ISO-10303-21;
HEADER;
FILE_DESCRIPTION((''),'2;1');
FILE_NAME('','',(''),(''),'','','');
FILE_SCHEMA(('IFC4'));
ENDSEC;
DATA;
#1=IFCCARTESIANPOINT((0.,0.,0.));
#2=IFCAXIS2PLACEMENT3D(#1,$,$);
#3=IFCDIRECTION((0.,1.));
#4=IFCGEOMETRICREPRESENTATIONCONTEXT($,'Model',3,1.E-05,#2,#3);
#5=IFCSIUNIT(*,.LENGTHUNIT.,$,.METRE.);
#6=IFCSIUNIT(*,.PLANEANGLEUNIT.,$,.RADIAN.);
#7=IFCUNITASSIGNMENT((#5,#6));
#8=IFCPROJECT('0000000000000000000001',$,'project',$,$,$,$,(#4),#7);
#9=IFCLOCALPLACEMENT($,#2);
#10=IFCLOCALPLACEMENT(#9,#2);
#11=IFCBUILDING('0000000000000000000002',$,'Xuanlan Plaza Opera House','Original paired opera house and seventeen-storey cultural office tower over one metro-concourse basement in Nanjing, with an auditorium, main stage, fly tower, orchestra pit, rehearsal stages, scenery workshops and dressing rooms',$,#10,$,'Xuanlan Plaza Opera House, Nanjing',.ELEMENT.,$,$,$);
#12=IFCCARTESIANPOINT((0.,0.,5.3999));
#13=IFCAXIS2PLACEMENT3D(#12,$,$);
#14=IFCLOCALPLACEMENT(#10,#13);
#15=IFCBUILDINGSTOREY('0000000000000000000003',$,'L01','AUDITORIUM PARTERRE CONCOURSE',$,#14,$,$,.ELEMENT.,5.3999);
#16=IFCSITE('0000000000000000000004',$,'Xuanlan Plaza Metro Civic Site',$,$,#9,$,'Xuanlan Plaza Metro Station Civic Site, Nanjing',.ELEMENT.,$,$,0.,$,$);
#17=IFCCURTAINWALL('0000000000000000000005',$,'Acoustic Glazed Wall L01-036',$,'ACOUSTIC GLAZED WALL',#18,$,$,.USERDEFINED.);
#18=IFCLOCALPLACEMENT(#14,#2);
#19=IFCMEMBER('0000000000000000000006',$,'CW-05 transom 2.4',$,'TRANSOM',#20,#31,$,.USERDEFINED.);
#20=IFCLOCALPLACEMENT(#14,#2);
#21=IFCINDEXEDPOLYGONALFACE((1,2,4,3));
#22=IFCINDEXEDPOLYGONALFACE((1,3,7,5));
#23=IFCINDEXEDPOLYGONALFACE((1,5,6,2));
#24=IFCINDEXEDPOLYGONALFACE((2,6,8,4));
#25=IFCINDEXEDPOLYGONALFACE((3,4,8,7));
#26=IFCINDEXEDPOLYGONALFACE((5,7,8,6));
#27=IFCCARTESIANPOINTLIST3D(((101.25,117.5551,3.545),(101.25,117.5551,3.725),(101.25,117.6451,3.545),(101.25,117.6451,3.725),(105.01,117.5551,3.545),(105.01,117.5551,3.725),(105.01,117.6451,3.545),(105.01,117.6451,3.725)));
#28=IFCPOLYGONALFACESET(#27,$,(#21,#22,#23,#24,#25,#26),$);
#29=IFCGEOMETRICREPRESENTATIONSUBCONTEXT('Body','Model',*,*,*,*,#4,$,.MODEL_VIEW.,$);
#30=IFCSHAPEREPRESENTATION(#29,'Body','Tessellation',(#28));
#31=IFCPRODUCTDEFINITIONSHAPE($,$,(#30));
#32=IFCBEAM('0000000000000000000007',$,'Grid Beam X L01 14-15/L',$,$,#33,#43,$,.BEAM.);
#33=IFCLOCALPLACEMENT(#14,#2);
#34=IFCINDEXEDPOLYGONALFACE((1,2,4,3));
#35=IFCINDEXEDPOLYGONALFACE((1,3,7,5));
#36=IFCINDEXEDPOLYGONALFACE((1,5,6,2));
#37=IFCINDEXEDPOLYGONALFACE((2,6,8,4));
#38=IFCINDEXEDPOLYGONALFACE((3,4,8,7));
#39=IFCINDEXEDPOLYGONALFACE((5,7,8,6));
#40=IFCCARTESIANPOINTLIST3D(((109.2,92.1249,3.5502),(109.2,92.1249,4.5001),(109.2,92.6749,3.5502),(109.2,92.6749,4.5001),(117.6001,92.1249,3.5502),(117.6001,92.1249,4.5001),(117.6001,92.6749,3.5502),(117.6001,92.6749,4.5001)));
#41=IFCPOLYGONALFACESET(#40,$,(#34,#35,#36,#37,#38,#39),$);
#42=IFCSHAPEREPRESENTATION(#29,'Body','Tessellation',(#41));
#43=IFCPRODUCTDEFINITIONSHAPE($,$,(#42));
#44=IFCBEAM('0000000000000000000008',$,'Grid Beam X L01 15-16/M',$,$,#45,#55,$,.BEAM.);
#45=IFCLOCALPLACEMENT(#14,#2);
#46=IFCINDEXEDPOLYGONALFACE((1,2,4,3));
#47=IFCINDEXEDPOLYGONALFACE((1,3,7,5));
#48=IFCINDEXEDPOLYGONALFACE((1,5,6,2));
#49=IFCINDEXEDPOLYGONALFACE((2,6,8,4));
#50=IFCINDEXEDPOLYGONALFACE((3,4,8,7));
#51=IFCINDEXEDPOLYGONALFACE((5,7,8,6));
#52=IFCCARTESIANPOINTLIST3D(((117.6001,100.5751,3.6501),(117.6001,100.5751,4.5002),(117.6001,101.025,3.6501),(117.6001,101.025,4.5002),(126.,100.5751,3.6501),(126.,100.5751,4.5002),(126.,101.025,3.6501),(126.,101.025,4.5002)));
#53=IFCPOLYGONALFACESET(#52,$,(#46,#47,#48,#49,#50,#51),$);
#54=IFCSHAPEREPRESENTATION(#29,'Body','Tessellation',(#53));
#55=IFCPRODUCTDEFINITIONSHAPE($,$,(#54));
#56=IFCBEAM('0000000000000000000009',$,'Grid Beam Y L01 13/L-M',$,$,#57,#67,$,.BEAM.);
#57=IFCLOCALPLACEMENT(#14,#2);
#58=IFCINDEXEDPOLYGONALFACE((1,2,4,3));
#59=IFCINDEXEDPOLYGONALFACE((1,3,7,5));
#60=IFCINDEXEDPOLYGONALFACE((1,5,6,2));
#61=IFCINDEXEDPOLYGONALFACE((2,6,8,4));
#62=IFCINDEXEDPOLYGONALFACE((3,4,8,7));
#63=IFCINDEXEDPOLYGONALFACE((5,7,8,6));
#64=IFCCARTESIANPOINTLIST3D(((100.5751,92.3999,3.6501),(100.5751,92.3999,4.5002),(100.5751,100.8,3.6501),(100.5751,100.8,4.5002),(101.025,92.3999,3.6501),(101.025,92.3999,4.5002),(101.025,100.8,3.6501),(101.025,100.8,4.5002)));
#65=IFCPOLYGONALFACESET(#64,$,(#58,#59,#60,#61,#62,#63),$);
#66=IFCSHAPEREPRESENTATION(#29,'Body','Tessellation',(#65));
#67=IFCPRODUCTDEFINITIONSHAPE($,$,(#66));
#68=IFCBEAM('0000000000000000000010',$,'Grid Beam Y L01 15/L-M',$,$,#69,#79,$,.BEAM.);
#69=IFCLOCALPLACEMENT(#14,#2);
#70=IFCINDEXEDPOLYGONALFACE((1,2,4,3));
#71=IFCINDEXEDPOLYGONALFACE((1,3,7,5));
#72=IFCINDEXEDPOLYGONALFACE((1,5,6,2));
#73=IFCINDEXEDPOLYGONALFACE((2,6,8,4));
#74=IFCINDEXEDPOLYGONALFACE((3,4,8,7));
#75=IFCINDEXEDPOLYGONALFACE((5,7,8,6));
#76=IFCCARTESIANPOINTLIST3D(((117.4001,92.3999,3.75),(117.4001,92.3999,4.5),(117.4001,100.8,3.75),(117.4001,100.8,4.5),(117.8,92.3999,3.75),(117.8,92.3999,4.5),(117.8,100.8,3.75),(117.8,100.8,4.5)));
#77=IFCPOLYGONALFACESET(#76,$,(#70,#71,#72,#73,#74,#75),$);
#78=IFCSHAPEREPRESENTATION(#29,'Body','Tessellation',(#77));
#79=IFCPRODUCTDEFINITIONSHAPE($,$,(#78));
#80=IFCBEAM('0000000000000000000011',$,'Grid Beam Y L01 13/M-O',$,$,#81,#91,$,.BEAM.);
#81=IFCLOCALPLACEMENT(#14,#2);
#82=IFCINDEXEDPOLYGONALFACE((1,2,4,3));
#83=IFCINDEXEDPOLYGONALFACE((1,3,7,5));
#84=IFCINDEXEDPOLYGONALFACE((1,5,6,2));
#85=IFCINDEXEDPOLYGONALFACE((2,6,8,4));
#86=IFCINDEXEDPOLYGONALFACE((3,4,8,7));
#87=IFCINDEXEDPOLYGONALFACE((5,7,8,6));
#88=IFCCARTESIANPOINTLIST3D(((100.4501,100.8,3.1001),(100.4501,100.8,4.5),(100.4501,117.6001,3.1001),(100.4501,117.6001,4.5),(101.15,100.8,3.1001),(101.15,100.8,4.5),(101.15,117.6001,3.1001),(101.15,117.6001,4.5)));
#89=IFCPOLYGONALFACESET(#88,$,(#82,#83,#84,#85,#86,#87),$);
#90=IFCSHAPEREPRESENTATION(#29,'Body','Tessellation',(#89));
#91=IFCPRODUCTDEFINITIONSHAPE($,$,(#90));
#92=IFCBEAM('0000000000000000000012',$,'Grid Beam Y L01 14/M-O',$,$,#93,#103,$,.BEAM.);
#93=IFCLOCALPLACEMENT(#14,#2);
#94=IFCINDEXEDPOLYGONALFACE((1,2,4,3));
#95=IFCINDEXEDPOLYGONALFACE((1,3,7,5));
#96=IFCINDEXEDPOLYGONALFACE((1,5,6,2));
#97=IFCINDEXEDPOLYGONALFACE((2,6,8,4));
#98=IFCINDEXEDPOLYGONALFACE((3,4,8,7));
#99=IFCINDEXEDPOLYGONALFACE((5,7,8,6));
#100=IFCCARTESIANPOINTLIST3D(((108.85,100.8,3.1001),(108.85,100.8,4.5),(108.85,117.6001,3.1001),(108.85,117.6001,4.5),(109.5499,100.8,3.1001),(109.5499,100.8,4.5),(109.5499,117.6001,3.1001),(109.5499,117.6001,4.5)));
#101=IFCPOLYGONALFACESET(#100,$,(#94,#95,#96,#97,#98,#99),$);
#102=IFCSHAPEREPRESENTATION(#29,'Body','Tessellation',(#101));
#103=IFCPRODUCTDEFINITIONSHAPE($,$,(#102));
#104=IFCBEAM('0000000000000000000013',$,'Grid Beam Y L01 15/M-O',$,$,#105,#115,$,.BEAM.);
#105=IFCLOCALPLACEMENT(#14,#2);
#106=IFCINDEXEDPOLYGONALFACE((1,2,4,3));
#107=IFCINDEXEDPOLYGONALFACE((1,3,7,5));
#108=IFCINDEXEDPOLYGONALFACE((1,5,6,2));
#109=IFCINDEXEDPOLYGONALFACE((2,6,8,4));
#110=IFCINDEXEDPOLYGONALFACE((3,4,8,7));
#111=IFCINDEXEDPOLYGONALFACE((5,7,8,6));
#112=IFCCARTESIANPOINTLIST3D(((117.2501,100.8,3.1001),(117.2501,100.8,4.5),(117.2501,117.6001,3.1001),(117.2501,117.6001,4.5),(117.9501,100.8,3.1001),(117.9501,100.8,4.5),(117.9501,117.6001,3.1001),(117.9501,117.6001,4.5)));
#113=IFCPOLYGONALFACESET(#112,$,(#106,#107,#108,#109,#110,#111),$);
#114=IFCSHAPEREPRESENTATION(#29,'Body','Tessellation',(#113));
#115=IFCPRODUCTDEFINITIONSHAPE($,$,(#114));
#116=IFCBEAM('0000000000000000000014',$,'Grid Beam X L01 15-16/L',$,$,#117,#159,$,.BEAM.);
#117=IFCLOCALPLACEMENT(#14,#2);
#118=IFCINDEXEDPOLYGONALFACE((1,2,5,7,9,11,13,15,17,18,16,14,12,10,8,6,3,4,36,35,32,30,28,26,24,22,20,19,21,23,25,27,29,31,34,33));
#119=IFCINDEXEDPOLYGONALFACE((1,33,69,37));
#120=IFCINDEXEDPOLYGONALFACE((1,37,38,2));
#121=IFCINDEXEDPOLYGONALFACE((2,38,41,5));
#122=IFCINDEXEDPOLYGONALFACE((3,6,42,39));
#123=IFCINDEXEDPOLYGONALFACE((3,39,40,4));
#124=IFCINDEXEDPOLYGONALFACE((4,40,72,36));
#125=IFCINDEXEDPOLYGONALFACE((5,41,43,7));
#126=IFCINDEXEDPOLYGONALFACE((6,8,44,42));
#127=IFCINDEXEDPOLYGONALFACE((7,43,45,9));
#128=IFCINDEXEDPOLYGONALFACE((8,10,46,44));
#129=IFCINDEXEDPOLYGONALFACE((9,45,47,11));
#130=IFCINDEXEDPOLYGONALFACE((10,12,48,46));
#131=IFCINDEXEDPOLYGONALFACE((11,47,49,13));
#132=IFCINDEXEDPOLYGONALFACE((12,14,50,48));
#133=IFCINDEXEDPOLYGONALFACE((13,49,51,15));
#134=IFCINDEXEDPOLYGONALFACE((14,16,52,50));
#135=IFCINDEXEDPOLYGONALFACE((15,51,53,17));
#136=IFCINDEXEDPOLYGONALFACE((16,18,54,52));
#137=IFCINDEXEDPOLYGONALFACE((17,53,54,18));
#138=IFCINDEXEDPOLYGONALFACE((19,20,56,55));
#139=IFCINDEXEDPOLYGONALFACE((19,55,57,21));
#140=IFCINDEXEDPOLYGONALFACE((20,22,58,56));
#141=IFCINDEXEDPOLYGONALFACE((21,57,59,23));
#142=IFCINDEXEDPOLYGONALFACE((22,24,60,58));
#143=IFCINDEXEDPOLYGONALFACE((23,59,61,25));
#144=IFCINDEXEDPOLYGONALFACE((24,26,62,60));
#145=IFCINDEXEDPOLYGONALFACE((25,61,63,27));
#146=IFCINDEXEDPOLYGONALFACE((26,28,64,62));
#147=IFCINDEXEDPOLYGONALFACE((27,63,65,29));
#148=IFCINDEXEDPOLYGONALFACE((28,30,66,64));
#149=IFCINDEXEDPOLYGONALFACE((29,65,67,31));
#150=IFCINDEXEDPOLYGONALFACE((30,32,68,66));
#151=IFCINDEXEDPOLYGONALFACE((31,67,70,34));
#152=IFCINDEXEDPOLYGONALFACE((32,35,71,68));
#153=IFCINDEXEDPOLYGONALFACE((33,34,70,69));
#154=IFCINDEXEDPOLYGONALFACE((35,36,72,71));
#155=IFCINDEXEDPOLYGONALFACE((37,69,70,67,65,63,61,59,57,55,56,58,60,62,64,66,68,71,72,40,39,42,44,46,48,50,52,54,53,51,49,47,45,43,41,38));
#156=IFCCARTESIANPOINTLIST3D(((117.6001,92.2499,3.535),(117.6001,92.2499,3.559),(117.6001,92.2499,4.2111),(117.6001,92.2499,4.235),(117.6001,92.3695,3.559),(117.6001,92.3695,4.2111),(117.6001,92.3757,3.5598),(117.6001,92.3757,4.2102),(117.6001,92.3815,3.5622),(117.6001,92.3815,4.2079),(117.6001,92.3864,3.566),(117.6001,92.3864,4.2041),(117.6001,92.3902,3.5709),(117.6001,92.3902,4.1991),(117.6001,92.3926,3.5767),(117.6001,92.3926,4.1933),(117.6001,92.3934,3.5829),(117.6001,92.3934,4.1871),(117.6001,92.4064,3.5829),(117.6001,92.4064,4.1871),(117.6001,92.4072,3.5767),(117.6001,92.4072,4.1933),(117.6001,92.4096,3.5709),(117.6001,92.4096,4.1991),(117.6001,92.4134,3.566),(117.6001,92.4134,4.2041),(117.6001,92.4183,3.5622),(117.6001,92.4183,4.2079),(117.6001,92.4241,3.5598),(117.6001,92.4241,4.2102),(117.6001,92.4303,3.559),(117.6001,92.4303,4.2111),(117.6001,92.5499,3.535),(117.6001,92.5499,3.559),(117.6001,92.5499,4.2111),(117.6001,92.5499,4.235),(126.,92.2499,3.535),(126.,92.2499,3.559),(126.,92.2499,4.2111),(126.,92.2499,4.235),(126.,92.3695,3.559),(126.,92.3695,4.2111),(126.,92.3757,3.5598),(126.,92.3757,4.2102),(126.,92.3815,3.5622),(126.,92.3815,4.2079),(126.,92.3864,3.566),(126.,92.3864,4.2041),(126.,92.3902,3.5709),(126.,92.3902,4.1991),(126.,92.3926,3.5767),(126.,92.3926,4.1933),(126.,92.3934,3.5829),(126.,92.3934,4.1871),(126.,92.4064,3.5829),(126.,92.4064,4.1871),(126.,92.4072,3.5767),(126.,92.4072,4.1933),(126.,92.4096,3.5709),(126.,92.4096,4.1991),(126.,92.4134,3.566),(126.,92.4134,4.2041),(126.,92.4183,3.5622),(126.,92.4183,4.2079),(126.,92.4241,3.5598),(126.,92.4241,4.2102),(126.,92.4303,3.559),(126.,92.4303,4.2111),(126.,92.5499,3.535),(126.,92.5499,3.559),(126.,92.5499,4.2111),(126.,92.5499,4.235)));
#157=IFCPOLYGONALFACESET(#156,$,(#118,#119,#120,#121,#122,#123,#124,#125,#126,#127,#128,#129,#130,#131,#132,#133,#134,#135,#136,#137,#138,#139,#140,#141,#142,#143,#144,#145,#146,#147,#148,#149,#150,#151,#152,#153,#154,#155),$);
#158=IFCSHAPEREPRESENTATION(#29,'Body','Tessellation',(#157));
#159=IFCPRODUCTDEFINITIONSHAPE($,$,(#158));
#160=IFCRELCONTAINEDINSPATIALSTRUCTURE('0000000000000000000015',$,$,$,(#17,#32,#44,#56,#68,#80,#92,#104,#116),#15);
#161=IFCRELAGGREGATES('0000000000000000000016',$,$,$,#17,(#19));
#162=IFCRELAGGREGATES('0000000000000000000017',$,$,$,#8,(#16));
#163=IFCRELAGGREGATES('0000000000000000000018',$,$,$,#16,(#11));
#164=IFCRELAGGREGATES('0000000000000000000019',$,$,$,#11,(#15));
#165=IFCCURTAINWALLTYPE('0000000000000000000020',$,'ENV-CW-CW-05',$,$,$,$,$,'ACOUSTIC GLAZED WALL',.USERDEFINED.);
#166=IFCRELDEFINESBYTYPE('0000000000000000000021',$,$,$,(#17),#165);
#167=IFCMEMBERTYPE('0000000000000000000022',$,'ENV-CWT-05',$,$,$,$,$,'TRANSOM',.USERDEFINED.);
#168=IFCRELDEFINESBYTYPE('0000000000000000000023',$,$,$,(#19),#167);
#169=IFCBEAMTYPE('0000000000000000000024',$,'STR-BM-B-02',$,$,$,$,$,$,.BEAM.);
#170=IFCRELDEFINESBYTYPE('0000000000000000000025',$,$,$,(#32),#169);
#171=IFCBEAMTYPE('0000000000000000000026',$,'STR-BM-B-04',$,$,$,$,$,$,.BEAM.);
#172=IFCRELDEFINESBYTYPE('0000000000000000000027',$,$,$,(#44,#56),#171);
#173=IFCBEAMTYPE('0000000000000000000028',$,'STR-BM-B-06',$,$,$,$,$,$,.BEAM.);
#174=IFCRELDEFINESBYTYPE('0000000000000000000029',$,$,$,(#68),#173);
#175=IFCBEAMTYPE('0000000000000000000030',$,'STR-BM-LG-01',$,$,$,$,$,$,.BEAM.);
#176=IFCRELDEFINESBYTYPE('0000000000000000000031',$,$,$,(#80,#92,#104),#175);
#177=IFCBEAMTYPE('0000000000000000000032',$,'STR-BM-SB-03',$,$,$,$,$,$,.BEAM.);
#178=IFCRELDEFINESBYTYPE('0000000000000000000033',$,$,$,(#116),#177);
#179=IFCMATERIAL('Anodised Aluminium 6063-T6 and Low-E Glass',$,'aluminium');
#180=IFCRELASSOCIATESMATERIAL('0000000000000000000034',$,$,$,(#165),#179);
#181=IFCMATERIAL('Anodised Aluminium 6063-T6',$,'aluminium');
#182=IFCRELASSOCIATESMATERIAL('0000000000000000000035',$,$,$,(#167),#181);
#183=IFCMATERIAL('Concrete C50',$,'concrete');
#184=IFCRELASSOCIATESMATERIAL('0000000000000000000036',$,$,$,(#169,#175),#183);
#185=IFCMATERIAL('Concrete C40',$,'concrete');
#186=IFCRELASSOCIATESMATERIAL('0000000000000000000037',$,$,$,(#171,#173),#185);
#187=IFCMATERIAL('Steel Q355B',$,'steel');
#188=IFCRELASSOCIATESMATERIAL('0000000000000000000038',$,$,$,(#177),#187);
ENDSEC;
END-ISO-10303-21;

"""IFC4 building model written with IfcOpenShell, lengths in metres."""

from ifc_helpers import new_model, si_unit, direction, frame, origin, origin_2d, place, context, subcontext, project, spatial, rectangle, i_section, extrude, material, material_profile, profile_set, type_object, element, aggregate, save


model = new_model("IFC4")

# Units and contexts
model_context = context("Model", 3, precision=1e-05, world=origin(), true_north=direction((0.0, 1.0)))
body_context = subcontext(model_context, "Body", "Model", "MODEL_VIEW")
ifc_project = project(units=[si_unit("LENGTHUNIT", "METRE"), si_unit("PLANEANGLEUNIT", "RADIAN")], contexts=[model_context])

# Site, building, storey
site_placement = place(None, origin())
site = spatial("IfcSite", under=ifc_project, at=site_placement, Name="Xuanlan Plaza Metro Civic Site", LongName="Xuanlan Plaza Metro Station Civic Site, Nanjing", CompositionType="ELEMENT", RefElevation=0.0)
building_placement = place(site_placement, origin())
building = spatial("IfcBuilding", under=site, at=building_placement, Name="Xuanlan Plaza Opera House", Description="Original paired opera house and seventeen-storey cultural office tower over one metro-concourse basement in Nanjing, with an auditorium, main stage, fly tower, orchestra pit, rehearsal stages, scenery workshops and dressing rooms", LongName="Xuanlan Plaza Opera House, Nanjing", CompositionType="ELEMENT")
storey_placement = place(building_placement, frame((0.0, 0.0, 5.3999)))
storey = spatial("IfcBuildingStorey", under=building, at=storey_placement, Name="L01", Description="AUDITORIUM PARTERRE CONCOURSE", CompositionType="ELEMENT", Elevation=5.3999)

# Shared definitions
ifc_material_1 = material(Name="Concrete C40", Category="concrete")

# Curtain wall, member
ifc_material_2 = material(Name="Anodised Aluminium 6063-T6 and Low-E Glass", Category="aluminium")
curtain_wall_type = type_object("IfcCurtainWallType", Name="ENV-CW-CW-05", ElementType="ACOUSTIC GLAZED WALL", PredefinedType="USERDEFINED", material=ifc_material_2)
curtain_wall_placement = place(storey_placement, origin())
curtain_wall = element("IfcCurtainWall", 1, at=curtain_wall_placement, inside=storey, type_object=curtain_wall_type, Name="Acoustic Glazed Wall L01-036", ObjectType="ACOUSTIC GLAZED WALL", PredefinedType="USERDEFINED")
ifc_material_3 = material(Name="Anodised Aluminium 6063-T6", Category="aluminium")
ifc_material_profile_1 = material_profile(ifc_material_3, rectangle(XDim=0.0901, YDim=0.1799, at=origin_2d()), Name="ALU-T 90x180")
ifc_profile_set_1 = profile_set([ifc_material_profile_1], Name="Anodised Aluminium 6063-T6")
member_type_1 = type_object("IfcMemberType", Name="ENV-CWT-05", ElementType="TRANSOM", PredefinedType="USERDEFINED", material=ifc_profile_set_1)
member_1_placement = place(storey_placement, frame((105.01, 117.6001, 3.635), z_axis=(-1.0, 0.0, 0.0), x_axis=(0.0, -1.0, 0.0)))
member_1 = element("IfcMember", 2, at=member_1_placement, type_object=member_type_1, Name="CW-05 transom 2.4", ObjectType="TRANSOM", PredefinedType="USERDEFINED", context=body_context, shape_type="SweptSolid", body=[
    extrude(rectangle(XDim=0.0901, YDim=0.1799, at=origin_2d()), origin(), (0.0, 0.0, 1.0), 3.76),
])

# Beams
ifc_material_4 = material(Name="Concrete C50", Category="concrete")
ifc_material_profile_2 = material_profile(ifc_material_4, rectangle(XDim=0.55, YDim=0.95, at=origin_2d()), Name="RC-BM 550x950")
ifc_profile_set_2 = profile_set([ifc_material_profile_2], Name="Concrete C50")
beam_type_1 = type_object("IfcBeamType", Name="STR-BM-B-02", PredefinedType="BEAM", material=ifc_profile_set_2)
beam_1_placement = place(storey_placement, frame((109.2, 92.3999, 4.0251), z_axis=(1.0, 0.0, 0.0), x_axis=(0.0, 1.0, 0.0)))
element("IfcBeam", 3, at=beam_1_placement, inside=storey, type_object=beam_type_1, Name="Grid Beam X L01 14-15/L", PredefinedType="BEAM", context=body_context, shape_type="SweptSolid", body=[
    extrude(rectangle(XDim=0.55, YDim=0.95, at=origin_2d()), origin(), (0.0, 0.0, 1.0), 8.4001),
])
ifc_material_profile_3 = material_profile(ifc_material_1, rectangle(XDim=0.45, YDim=0.8501, at=origin_2d()), Name="RC-BM 450x850")
ifc_profile_set_3 = profile_set([ifc_material_profile_3], Name="Concrete C40")
beam_type_2 = type_object("IfcBeamType", Name="STR-BM-B-04", PredefinedType="BEAM", material=ifc_profile_set_3)
beam_2_placement = place(storey_placement, frame((117.6001, 100.8, 4.0752), z_axis=(1.0, 0.0, 0.0), x_axis=(0.0, 1.0, 0.0)))
element("IfcBeam", 4, at=beam_2_placement, inside=storey, type_object=beam_type_2, Name="Grid Beam X L01 15-16/M", PredefinedType="BEAM", context=body_context, shape_type="SweptSolid", body=[
    extrude(rectangle(XDim=0.45, YDim=0.8501, at=origin_2d()), origin(), (0.0, 0.0, 1.0), 8.3999),
])
beam_3_placement = place(storey_placement, frame((100.8, 92.3999, 4.0752), z_axis=(0.0, 1.0, 0.0), x_axis=(-1.0, 0.0, 0.0)))
element("IfcBeam", 5, at=beam_3_placement, inside=storey, type_object=beam_type_2, Name="Grid Beam Y L01 13/L-M", PredefinedType="BEAM", context=body_context, shape_type="SweptSolid", body=[
    extrude(rectangle(XDim=0.45, YDim=0.8501, at=origin_2d()), origin(), (0.0, 0.0, 1.0), 8.4001),
])
ifc_material_profile_4 = material_profile(ifc_material_1, rectangle(XDim=0.3999, YDim=0.75, at=origin_2d()), Name="RC-BM 400x750")
ifc_profile_set_4 = profile_set([ifc_material_profile_4], Name="Concrete C40")
beam_type_3 = type_object("IfcBeamType", Name="STR-BM-B-06", PredefinedType="BEAM", material=ifc_profile_set_4)
beam_4_placement = place(storey_placement, frame((117.6001, 92.3999, 4.125), z_axis=(0.0, 1.0, 0.0), x_axis=(-1.0, 0.0, 0.0)))
element("IfcBeam", 6, at=beam_4_placement, inside=storey, type_object=beam_type_3, Name="Grid Beam Y L01 15/L-M", PredefinedType="BEAM", context=body_context, shape_type="SweptSolid", body=[
    extrude(rectangle(XDim=0.3999, YDim=0.75, at=origin_2d()), origin(), (0.0, 0.0, 1.0), 8.4001),
])
ifc_material_profile_5 = material_profile(ifc_material_4, rectangle(XDim=0.7, YDim=1.3999, at=origin_2d()), Name="RC-LG 700x1400")
ifc_profile_set_5 = profile_set([ifc_material_profile_5], Name="Concrete C50")
beam_type_4 = type_object("IfcBeamType", Name="STR-BM-LG-01", PredefinedType="BEAM", material=ifc_profile_set_5)
for number, where, z_axis, x_axis, name in (
    (7, (100.8, 100.8, 3.8), (0.0, 1.0, 0.0), (-1.0, 0.0, 0.0), "Grid Beam Y L01 13/M-O"),
    (8, (109.2, 100.8, 3.8), (0.0, 1.0, 0.0), (-1.0, 0.0, 0.0), "Grid Beam Y L01 14/M-O"),
    (9, (117.6001, 100.8, 3.8), (0.0, 1.0, 0.0), (-1.0, 0.0, 0.0), "Grid Beam Y L01 15/M-O"),
):
    element("IfcBeam", number, at=place(storey_placement, frame(where, z_axis=z_axis, x_axis=x_axis)), inside=storey, type_object=beam_type_4, Name=name, PredefinedType="BEAM", context=body_context, shape_type="SweptSolid", body=[
        extrude(rectangle(XDim=0.7, YDim=1.3999, at=origin_2d()), origin(), (0.0, 0.0, 1.0), 16.8),
    ])
ifc_material_5 = material(Name="Steel Q355B", Category="steel")
ifc_material_profile_6 = material_profile(ifc_material_5, i_section(OverallWidth=0.3, OverallDepth=0.7, WebThickness=0.0129, FlangeThickness=0.0239, FilletRadius=0.0239, at=origin_2d()), Name="HN 700x300x13x24")
ifc_profile_set_6 = profile_set([ifc_material_profile_6], Name="Steel Q355B")
beam_type_5 = type_object("IfcBeamType", Name="STR-BM-SB-03", PredefinedType="BEAM", material=ifc_profile_set_6)
beam_5_placement = place(storey_placement, frame((117.6001, 92.3999, 3.885), z_axis=(1.0, 0.0, 0.0), x_axis=(0.0, 1.0, 0.0)))
element("IfcBeam", 10, at=beam_5_placement, inside=storey, type_object=beam_type_5, Name="Grid Beam X L01 15-16/L", PredefinedType="BEAM", context=body_context, shape_type="SweptSolid", body=[
    extrude(i_section(OverallWidth=0.3, OverallDepth=0.7, WebThickness=0.0129, FlangeThickness=0.0239, FilletRadius=0.0239, at=origin_2d()), origin(), (0.0, 0.0, 1.0), 8.3999),
])

aggregate(curtain_wall, [member_1])

save(model, "model.ifc")
